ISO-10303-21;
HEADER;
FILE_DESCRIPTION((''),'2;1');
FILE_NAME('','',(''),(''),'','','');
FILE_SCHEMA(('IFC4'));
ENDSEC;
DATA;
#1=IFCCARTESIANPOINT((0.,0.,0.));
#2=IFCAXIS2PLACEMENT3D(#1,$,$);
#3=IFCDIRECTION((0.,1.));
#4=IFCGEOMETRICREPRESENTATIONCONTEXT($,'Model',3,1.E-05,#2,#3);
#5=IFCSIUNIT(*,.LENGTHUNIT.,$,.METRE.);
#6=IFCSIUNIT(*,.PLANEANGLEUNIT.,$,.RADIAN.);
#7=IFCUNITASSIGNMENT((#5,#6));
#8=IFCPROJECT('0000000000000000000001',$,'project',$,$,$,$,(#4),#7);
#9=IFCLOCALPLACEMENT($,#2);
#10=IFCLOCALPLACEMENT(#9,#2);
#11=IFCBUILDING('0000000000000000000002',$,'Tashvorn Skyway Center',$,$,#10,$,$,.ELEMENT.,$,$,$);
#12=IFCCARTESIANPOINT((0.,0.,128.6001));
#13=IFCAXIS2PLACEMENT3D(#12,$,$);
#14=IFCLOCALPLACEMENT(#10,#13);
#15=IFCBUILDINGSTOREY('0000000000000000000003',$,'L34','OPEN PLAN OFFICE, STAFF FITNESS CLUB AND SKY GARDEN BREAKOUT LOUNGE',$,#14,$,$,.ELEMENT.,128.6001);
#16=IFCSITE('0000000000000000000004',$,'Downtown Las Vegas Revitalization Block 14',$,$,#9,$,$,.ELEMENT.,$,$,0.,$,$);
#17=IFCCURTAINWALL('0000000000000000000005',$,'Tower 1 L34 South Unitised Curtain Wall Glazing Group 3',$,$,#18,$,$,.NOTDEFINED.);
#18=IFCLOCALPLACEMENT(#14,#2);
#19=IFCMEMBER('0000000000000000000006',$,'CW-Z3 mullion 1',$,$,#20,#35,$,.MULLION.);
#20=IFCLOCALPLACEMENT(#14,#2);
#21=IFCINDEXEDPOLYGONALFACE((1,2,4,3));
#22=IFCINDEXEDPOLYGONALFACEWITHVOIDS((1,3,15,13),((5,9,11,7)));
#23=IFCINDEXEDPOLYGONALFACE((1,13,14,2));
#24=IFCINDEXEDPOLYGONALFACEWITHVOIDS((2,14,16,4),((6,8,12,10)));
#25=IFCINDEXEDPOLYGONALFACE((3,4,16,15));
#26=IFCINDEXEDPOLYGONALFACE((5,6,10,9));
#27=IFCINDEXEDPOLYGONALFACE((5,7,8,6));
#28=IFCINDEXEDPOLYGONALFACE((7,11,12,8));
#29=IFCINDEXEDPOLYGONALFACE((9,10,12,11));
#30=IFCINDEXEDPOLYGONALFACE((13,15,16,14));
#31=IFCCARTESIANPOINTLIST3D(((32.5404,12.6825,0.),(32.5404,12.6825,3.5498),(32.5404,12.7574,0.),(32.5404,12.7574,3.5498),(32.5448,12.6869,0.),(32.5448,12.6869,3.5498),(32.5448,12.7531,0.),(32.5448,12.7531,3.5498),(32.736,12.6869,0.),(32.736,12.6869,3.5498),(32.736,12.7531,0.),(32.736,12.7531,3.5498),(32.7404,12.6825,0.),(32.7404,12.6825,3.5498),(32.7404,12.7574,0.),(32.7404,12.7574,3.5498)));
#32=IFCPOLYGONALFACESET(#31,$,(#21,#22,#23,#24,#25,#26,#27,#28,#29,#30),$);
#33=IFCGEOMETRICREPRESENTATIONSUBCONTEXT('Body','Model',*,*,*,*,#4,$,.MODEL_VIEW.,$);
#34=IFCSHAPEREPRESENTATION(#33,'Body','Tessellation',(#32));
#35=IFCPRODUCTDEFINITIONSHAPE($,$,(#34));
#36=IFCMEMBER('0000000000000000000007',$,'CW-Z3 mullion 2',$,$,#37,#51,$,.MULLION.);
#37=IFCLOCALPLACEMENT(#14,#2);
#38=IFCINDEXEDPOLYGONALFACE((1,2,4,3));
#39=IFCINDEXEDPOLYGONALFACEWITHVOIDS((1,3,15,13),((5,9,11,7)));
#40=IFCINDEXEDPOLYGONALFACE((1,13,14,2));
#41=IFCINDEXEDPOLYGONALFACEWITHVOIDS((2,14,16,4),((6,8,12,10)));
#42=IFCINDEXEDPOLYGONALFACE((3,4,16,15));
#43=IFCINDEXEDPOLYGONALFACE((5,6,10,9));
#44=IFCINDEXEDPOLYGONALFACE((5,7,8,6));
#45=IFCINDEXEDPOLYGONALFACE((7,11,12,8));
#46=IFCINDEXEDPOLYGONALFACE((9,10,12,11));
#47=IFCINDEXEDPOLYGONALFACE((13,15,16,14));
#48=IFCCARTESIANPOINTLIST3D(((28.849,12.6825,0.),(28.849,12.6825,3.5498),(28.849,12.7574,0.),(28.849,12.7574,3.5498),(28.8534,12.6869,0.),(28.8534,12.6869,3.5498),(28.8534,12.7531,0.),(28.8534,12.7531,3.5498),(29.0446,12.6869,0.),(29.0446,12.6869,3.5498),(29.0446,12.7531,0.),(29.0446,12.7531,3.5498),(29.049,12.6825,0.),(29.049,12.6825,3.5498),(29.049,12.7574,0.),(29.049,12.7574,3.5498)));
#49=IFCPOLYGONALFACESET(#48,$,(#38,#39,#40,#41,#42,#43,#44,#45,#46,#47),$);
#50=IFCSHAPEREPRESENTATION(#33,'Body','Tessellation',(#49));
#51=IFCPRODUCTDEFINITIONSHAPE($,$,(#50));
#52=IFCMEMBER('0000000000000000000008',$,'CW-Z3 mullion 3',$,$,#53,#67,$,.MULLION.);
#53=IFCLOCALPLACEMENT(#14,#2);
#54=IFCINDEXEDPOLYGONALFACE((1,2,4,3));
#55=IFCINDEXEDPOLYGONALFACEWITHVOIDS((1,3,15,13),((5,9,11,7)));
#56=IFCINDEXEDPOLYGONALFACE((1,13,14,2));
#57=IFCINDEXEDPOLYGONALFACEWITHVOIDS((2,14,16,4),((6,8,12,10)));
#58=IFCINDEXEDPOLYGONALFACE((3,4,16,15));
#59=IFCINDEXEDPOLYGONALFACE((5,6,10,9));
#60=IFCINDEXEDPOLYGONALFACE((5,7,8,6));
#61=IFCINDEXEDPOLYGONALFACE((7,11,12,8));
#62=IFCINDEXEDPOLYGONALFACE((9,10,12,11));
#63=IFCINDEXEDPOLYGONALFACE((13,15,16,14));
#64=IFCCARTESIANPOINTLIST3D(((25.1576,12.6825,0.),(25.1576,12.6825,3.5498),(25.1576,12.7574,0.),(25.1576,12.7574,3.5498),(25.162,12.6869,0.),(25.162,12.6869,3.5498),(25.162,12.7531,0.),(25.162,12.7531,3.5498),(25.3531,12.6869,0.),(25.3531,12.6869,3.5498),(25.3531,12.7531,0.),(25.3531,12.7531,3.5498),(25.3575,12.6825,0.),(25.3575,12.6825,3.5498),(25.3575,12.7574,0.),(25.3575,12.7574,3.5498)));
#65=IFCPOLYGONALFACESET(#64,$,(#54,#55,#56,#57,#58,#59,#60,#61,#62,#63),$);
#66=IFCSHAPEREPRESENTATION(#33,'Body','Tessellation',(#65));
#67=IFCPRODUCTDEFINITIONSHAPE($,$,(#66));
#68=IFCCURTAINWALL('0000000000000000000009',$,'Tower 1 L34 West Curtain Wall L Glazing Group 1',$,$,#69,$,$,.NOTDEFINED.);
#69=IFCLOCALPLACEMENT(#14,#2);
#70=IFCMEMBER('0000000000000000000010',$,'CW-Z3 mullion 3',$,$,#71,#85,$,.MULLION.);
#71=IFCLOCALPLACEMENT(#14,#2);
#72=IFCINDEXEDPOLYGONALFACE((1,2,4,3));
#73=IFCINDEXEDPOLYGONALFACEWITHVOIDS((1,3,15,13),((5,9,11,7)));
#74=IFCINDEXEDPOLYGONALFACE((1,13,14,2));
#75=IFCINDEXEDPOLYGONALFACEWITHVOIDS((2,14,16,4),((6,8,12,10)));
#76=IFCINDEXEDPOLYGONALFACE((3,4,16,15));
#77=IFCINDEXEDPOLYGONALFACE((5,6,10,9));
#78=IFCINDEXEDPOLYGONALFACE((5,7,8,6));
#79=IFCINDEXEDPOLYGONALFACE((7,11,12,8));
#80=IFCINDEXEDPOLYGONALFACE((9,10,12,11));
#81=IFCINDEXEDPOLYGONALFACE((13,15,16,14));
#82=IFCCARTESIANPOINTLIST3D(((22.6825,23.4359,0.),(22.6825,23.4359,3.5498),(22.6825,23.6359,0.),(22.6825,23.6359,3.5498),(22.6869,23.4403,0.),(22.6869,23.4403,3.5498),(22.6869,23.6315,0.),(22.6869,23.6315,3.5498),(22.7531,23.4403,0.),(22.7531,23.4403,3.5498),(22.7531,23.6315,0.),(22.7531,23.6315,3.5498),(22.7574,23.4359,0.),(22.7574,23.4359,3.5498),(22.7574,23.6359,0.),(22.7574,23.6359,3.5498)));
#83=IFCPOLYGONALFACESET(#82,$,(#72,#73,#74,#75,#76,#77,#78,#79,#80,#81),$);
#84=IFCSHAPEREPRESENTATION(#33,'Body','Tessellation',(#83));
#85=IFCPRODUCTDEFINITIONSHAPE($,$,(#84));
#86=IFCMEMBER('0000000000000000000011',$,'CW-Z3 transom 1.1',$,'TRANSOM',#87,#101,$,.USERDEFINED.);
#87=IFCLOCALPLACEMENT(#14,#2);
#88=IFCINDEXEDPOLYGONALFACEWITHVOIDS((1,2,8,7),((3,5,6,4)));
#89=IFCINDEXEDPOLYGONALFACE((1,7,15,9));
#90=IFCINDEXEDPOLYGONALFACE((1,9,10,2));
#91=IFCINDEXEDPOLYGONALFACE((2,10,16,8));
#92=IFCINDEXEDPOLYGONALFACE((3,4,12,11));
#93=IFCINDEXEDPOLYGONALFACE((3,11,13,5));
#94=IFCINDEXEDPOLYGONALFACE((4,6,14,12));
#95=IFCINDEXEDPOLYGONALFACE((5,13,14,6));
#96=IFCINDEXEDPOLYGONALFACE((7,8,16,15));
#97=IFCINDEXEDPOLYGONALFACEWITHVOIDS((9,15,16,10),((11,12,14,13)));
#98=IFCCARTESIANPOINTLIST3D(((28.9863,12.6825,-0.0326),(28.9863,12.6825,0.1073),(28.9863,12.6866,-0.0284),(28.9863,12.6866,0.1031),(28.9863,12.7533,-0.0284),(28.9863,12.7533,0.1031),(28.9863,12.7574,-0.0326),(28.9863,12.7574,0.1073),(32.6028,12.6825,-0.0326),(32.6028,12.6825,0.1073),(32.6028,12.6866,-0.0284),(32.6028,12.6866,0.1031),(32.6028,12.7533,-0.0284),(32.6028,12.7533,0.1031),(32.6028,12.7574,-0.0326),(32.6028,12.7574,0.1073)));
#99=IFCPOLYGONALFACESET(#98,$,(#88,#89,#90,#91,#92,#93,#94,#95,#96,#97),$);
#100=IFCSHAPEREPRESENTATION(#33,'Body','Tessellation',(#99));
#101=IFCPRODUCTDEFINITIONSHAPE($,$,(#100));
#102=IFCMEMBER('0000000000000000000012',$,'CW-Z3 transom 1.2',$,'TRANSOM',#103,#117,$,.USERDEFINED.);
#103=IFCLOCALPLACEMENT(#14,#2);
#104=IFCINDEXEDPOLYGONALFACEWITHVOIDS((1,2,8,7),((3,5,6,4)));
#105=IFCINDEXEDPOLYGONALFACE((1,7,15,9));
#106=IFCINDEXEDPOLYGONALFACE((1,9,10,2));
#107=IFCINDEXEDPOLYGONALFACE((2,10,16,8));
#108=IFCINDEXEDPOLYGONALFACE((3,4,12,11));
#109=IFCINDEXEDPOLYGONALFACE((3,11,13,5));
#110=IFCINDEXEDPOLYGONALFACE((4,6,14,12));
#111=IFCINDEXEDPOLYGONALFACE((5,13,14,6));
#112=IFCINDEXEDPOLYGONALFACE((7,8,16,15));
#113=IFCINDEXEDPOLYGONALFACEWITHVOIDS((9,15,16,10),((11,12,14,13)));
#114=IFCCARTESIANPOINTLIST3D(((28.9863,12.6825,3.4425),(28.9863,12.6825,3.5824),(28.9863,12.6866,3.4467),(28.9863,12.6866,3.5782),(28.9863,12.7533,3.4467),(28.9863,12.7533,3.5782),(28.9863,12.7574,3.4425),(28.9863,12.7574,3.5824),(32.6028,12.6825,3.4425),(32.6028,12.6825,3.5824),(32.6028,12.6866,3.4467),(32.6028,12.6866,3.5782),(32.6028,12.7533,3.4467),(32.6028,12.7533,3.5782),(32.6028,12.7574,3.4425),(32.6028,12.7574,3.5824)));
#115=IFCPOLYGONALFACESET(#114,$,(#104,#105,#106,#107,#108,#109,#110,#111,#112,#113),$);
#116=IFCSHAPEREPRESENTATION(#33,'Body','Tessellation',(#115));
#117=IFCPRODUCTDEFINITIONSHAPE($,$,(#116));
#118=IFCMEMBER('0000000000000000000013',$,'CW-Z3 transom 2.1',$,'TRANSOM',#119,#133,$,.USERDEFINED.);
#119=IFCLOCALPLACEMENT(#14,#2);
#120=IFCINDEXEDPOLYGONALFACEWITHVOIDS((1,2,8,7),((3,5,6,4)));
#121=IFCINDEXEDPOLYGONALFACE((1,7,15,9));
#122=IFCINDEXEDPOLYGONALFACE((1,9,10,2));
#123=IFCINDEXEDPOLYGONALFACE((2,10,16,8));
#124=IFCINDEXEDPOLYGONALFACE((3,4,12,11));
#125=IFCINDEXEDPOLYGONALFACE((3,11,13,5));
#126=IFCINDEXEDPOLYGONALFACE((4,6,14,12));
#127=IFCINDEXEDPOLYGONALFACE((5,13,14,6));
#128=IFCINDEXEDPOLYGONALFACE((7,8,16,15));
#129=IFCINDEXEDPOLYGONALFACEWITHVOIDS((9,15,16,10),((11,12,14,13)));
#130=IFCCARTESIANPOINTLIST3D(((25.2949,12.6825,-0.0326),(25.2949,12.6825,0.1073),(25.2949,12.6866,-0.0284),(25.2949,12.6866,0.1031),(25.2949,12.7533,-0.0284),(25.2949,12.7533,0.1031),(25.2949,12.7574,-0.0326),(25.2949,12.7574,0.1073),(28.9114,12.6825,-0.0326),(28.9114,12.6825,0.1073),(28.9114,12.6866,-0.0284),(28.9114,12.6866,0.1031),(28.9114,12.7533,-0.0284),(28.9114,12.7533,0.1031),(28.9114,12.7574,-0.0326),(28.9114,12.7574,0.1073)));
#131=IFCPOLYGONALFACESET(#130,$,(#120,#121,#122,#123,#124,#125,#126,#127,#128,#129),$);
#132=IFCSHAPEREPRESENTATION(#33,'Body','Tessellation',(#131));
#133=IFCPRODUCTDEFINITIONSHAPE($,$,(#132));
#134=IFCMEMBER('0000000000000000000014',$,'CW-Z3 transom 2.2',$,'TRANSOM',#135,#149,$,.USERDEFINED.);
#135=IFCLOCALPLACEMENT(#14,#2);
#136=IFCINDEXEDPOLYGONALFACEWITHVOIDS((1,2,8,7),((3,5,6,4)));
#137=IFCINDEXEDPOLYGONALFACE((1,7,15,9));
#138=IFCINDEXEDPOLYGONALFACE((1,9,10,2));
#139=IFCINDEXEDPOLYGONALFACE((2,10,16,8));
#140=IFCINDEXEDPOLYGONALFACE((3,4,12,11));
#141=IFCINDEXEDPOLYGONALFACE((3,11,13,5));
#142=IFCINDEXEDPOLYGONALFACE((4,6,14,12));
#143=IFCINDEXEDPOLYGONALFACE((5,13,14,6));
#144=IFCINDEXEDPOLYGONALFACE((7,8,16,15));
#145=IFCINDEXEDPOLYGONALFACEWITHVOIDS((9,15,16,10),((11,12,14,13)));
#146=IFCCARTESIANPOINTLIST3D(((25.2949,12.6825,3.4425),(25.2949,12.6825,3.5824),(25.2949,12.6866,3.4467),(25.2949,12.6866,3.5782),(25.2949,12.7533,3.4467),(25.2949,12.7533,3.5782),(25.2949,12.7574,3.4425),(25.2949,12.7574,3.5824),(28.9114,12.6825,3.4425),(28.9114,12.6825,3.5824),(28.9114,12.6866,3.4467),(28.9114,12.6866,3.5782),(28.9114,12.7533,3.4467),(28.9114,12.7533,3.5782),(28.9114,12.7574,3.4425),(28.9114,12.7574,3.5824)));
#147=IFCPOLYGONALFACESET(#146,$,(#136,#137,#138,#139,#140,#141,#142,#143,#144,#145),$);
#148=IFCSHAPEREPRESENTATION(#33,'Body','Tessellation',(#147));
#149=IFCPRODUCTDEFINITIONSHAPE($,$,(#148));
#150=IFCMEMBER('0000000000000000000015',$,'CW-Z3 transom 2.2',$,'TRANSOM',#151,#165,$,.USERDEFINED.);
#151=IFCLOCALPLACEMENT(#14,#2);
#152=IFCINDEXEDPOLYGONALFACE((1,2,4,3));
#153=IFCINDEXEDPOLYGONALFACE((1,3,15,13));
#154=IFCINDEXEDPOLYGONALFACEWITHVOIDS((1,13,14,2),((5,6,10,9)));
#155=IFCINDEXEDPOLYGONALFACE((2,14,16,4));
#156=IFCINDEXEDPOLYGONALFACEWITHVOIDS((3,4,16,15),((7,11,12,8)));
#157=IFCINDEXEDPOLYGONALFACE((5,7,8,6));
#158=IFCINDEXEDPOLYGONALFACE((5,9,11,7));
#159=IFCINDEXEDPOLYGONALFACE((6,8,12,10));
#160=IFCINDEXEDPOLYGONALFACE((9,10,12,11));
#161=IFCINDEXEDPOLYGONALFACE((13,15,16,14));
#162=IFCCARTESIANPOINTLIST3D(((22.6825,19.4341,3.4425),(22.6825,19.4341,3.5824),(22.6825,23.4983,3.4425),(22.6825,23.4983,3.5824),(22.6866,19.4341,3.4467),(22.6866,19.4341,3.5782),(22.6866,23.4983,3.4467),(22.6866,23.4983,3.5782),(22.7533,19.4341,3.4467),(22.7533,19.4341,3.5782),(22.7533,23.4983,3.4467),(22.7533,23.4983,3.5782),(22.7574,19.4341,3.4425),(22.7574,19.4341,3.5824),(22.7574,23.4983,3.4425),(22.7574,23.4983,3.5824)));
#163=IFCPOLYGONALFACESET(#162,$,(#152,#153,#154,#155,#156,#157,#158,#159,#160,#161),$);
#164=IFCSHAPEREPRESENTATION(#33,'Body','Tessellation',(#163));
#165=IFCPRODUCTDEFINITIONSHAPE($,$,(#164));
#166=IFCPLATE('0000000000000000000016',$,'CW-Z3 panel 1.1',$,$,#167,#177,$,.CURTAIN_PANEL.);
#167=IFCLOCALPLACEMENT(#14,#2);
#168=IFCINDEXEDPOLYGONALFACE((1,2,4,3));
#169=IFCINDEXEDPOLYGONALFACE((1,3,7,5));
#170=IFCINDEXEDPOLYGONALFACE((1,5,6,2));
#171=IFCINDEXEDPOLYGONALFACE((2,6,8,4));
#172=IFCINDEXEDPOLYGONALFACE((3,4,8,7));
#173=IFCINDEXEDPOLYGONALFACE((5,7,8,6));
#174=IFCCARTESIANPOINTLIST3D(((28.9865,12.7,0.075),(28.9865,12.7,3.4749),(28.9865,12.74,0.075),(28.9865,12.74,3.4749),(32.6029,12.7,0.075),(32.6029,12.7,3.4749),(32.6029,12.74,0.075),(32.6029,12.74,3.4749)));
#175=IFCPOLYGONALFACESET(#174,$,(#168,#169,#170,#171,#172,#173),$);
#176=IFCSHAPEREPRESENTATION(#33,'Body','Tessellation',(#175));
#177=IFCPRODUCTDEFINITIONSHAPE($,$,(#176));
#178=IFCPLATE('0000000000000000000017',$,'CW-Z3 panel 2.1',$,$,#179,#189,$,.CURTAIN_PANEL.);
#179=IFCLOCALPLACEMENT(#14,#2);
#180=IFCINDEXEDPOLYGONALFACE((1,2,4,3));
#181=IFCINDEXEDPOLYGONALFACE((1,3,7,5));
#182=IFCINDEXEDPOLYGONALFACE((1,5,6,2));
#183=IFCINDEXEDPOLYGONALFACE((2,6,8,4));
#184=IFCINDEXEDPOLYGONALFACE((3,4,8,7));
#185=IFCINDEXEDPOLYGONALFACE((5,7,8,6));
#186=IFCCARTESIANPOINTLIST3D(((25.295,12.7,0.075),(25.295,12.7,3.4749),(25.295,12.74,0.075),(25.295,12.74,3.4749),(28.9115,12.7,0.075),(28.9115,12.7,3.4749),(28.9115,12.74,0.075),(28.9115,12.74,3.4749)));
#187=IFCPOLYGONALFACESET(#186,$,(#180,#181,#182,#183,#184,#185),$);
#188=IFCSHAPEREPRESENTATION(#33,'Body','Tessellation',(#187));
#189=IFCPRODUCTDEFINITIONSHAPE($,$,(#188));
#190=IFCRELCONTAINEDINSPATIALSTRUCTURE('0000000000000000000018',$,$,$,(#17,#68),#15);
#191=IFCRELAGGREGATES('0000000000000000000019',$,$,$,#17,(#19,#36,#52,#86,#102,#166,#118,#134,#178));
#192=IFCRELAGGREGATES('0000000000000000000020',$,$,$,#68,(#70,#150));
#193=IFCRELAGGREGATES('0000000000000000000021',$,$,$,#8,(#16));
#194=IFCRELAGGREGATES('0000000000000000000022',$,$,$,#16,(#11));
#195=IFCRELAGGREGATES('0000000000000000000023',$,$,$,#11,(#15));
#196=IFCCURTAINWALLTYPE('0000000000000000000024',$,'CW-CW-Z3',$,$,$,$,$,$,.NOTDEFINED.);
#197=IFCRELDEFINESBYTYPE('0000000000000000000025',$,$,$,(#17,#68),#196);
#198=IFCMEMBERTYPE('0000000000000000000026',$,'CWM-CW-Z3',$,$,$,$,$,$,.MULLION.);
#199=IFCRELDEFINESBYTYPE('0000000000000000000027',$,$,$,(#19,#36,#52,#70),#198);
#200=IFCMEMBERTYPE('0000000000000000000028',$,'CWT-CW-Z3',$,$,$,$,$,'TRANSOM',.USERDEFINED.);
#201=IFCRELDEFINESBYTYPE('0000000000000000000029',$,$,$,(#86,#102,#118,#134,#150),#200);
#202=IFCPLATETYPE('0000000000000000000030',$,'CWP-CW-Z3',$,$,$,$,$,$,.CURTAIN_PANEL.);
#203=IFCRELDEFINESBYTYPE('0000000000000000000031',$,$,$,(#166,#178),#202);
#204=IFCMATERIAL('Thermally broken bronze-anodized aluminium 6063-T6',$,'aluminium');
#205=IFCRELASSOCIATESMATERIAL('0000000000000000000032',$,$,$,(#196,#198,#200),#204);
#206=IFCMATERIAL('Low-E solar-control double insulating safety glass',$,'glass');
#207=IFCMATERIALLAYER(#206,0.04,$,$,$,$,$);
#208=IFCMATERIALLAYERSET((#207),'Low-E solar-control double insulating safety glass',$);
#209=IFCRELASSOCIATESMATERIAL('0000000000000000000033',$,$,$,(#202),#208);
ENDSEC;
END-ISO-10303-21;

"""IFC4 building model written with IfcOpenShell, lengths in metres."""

from ifc_helpers import new_model, si_unit, direction, frame, origin, origin_2d, place, context, subcontext, project, spatial, rectangle, hollow_rectangle, extrude, material, layer, layer_set, material_profile, profile_set, type_object, element, aggregate, save


model = new_model("IFC4")

# Units and contexts
model_context = context("Model", 3, precision=1e-05, world=origin(), true_north=direction((0.0, 1.0)))
body_context = subcontext(model_context, "Body", "Model", "MODEL_VIEW")
ifc_project = project(units=[si_unit("LENGTHUNIT", "METRE"), si_unit("PLANEANGLEUNIT", "RADIAN")], contexts=[model_context])

# Site, building, storey
site_placement = place(None, origin())
site = spatial("IfcSite", under=ifc_project, at=site_placement, Name="Downtown Las Vegas Revitalization Block 14", CompositionType="ELEMENT", RefElevation=0.0)
building_placement = place(site_placement, origin())
building = spatial("IfcBuilding", under=site, at=building_placement, Name="Tashvorn Skyway Center", CompositionType="ELEMENT")
storey_placement = place(building_placement, frame((0.0, 0.0, 128.6001)))
storey = spatial("IfcBuildingStorey", under=building, at=storey_placement, Name="L34", Description="OPEN PLAN OFFICE, STAFF FITNESS CLUB AND SKY GARDEN BREAKOUT LOUNGE", CompositionType="ELEMENT", Elevation=128.6001)

# Curtain wall, members
ifc_material_1 = material(Name="Thermally broken bronze-anodized aluminium 6063-T6", Category="aluminium")
curtain_wall_type = type_object("IfcCurtainWallType", Name="CW-CW-Z3", PredefinedType="NOTDEFINED", material=ifc_material_1)
curtain_wall_1_placement = place(storey_placement, origin())
curtain_wall_1 = element("IfcCurtainWall", 1, at=curtain_wall_1_placement, inside=storey, type_object=curtain_wall_type, Name="Tower 1 L34 South Unitised Curtain Wall Glazing Group 3", PredefinedType="NOTDEFINED")
ifc_material_profile_1 = material_profile(ifc_material_1, hollow_rectangle(XDim=0.075, YDim=0.2, WallThickness=0.0044, at=origin_2d()), Name="ALU-MULL-75x200")
ifc_profile_set_1 = profile_set([ifc_material_profile_1], Name="Thermally broken bronze-anodized aluminium 6063-T6")
member_type_1 = type_object("IfcMemberType", Name="CWM-CW-Z3", PredefinedType="MULLION", material=ifc_profile_set_1)
member_1_placement = place(storey_placement, frame((32.6404, 12.72, 0.0), z_axis=(0.0, 0.0, 1.0), x_axis=(0.0, -1.0, 0.0)))
member_1 = element("IfcMember", 2, at=member_1_placement, type_object=member_type_1, Name="CW-Z3 mullion 1", PredefinedType="MULLION", context=body_context, shape_type="SweptSolid", body=[
    extrude(hollow_rectangle(XDim=0.075, YDim=0.2, WallThickness=0.0044, at=origin_2d()), origin(), (0.0, 0.0, 1.0), 3.5498),
])
member_2_placement = place(storey_placement, frame((28.949, 12.72, 0.0), z_axis=(0.0, 0.0, 1.0), x_axis=(0.0, -1.0, 0.0)))
member_2 = element("IfcMember", 3, at=member_2_placement, type_object=member_type_1, Name="CW-Z3 mullion 2", PredefinedType="MULLION", context=body_context, shape_type="SweptSolid", body=[
    extrude(hollow_rectangle(XDim=0.075, YDim=0.2, WallThickness=0.0044, at=origin_2d()), origin(), (0.0, 0.0, 1.0), 3.5498),
])
member_3_placement = place(storey_placement, frame((25.2576, 12.72, 0.0), z_axis=(0.0, 0.0, 1.0), x_axis=(0.0, -1.0, 0.0)))
member_3 = element("IfcMember", 4, at=member_3_placement, type_object=member_type_1, Name="CW-Z3 mullion 3", PredefinedType="MULLION", context=body_context, shape_type="SweptSolid", body=[
    extrude(hollow_rectangle(XDim=0.075, YDim=0.2, WallThickness=0.0044, at=origin_2d()), origin(), (0.0, 0.0, 1.0), 3.5498),
])

# Curtain wall, member
curtain_wall_2_placement = place(storey_placement, origin())
curtain_wall_2 = element("IfcCurtainWall", 5, at=curtain_wall_2_placement, inside=storey, type_object=curtain_wall_type, Name="Tower 1 L34 West Curtain Wall L Glazing Group 1", PredefinedType="NOTDEFINED")
member_4_placement = place(storey_placement, frame((22.72, 23.5359, 0.0), z_axis=(0.0, 0.0, 1.0), x_axis=(-1.0, 0.0, 0.0)))
member_4 = element("IfcMember", 6, at=member_4_placement, type_object=member_type_1, Name="CW-Z3 mullion 3", PredefinedType="MULLION", context=body_context, shape_type="SweptSolid", body=[
    extrude(hollow_rectangle(XDim=0.075, YDim=0.2, WallThickness=0.0044, at=origin_2d()), origin(), (0.0, 0.0, 1.0), 3.5498),
])

# Members
ifc_material_profile_2 = material_profile(ifc_material_1, hollow_rectangle(XDim=0.075, YDim=0.1399, WallThickness=0.0042, at=origin_2d()), Name="ALU-TRAN-75x140")
ifc_profile_set_2 = profile_set([ifc_material_profile_2], Name="Thermally broken bronze-anodized aluminium 6063-T6")
member_type_2 = type_object("IfcMemberType", Name="CWT-CW-Z3", ElementType="TRANSOM", PredefinedType="USERDEFINED", material=ifc_profile_set_2)
member_5_placement = place(storey_placement, frame((32.6028, 12.72, 0.0374), z_axis=(-1.0, 0.0, 0.0), x_axis=(0.0, -1.0, 0.0)))
member_5 = element("IfcMember", 7, at=member_5_placement, type_object=member_type_2, Name="CW-Z3 transom 1.1", ObjectType="TRANSOM", PredefinedType="USERDEFINED", context=body_context, shape_type="SweptSolid", body=[
    extrude(hollow_rectangle(XDim=0.075, YDim=0.1399, WallThickness=0.0042, at=origin_2d()), origin(), (0.0, 0.0, 1.0), 3.6165),
])
member_6_placement = place(storey_placement, frame((32.6028, 12.72, 3.5125), z_axis=(-1.0, 0.0, 0.0), x_axis=(0.0, -1.0, 0.0)))
member_6 = element("IfcMember", 8, at=member_6_placement, type_object=member_type_2, Name="CW-Z3 transom 1.2", ObjectType="TRANSOM", PredefinedType="USERDEFINED", context=body_context, shape_type="SweptSolid", body=[
    extrude(hollow_rectangle(XDim=0.075, YDim=0.1399, WallThickness=0.0042, at=origin_2d()), origin(), (0.0, 0.0, 1.0), 3.6165),
])
member_7_placement = place(storey_placement, frame((28.9114, 12.72, 0.0374), z_axis=(-1.0, 0.0, 0.0), x_axis=(0.0, -1.0, 0.0)))
member_7 = element("IfcMember", 9, at=member_7_placement, type_object=member_type_2, Name="CW-Z3 transom 2.1", ObjectType="TRANSOM", PredefinedType="USERDEFINED", context=body_context, shape_type="SweptSolid", body=[
    extrude(hollow_rectangle(XDim=0.075, YDim=0.1399, WallThickness=0.0042, at=origin_2d()), origin(), (0.0, 0.0, 1.0), 3.6165),
])
member_8_placement = place(storey_placement, frame((28.9114, 12.72, 3.5125), z_axis=(-1.0, 0.0, 0.0), x_axis=(0.0, -1.0, 0.0)))
member_8 = element("IfcMember", 10, at=member_8_placement, type_object=member_type_2, Name="CW-Z3 transom 2.2", ObjectType="TRANSOM", PredefinedType="USERDEFINED", context=body_context, shape_type="SweptSolid", body=[
    extrude(hollow_rectangle(XDim=0.075, YDim=0.1399, WallThickness=0.0042, at=origin_2d()), origin(), (0.0, 0.0, 1.0), 3.6165),
])
member_9_placement = place(storey_placement, frame((22.72, 19.4341, 3.5125), z_axis=(0.0, 1.0, 0.0), x_axis=(-1.0, 0.0, 0.0)))
member_9 = element("IfcMember", 11, at=member_9_placement, type_object=member_type_2, Name="CW-Z3 transom 2.2", ObjectType="TRANSOM", PredefinedType="USERDEFINED", context=body_context, shape_type="SweptSolid", body=[
    extrude(hollow_rectangle(XDim=0.075, YDim=0.1399, WallThickness=0.0042, at=origin_2d()), origin(), (0.0, 0.0, 1.0), 4.0642),
])

# Plates
ifc_material_2 = material(Name="Low-E solar-control double insulating safety glass", Category="glass")
ifc_layer_1 = layer(ifc_material_2, 0.04)
ifc_layer_set_1 = layer_set([ifc_layer_1], Name="Low-E solar-control double insulating safety glass")
plate_type = type_object("IfcPlateType", Name="CWP-CW-Z3", PredefinedType="CURTAIN_PANEL", material=ifc_layer_set_1)
plate_1_placement = place(storey_placement, frame((30.7947, 12.72, 0.075), z_axis=(0.0, 0.0, 1.0), x_axis=(-1.0, 0.0, 0.0)))
plate_1 = element("IfcPlate", 12, at=plate_1_placement, type_object=plate_type, Name="CW-Z3 panel 1.1", PredefinedType="CURTAIN_PANEL", context=body_context, shape_type="SweptSolid", body=[
    extrude(rectangle(XDim=3.6165, YDim=0.04, at=origin_2d()), origin(), (0.0, 0.0, 1.0), 3.3999),
])
plate_2_placement = place(storey_placement, frame((27.1033, 12.72, 0.075), z_axis=(0.0, 0.0, 1.0), x_axis=(-1.0, 0.0, 0.0)))
plate_2 = element("IfcPlate", 13, at=plate_2_placement, type_object=plate_type, Name="CW-Z3 panel 2.1", PredefinedType="CURTAIN_PANEL", context=body_context, shape_type="SweptSolid", body=[
    extrude(rectangle(XDim=3.6165, YDim=0.04, at=origin_2d()), origin(), (0.0, 0.0, 1.0), 3.3999),
])
aggregate(curtain_wall_1, [member_1, member_2, member_3, member_5, member_6, plate_1, member_7, member_8, plate_2])
aggregate(curtain_wall_2, [member_4, member_9])

save(model, "model.ifc")
